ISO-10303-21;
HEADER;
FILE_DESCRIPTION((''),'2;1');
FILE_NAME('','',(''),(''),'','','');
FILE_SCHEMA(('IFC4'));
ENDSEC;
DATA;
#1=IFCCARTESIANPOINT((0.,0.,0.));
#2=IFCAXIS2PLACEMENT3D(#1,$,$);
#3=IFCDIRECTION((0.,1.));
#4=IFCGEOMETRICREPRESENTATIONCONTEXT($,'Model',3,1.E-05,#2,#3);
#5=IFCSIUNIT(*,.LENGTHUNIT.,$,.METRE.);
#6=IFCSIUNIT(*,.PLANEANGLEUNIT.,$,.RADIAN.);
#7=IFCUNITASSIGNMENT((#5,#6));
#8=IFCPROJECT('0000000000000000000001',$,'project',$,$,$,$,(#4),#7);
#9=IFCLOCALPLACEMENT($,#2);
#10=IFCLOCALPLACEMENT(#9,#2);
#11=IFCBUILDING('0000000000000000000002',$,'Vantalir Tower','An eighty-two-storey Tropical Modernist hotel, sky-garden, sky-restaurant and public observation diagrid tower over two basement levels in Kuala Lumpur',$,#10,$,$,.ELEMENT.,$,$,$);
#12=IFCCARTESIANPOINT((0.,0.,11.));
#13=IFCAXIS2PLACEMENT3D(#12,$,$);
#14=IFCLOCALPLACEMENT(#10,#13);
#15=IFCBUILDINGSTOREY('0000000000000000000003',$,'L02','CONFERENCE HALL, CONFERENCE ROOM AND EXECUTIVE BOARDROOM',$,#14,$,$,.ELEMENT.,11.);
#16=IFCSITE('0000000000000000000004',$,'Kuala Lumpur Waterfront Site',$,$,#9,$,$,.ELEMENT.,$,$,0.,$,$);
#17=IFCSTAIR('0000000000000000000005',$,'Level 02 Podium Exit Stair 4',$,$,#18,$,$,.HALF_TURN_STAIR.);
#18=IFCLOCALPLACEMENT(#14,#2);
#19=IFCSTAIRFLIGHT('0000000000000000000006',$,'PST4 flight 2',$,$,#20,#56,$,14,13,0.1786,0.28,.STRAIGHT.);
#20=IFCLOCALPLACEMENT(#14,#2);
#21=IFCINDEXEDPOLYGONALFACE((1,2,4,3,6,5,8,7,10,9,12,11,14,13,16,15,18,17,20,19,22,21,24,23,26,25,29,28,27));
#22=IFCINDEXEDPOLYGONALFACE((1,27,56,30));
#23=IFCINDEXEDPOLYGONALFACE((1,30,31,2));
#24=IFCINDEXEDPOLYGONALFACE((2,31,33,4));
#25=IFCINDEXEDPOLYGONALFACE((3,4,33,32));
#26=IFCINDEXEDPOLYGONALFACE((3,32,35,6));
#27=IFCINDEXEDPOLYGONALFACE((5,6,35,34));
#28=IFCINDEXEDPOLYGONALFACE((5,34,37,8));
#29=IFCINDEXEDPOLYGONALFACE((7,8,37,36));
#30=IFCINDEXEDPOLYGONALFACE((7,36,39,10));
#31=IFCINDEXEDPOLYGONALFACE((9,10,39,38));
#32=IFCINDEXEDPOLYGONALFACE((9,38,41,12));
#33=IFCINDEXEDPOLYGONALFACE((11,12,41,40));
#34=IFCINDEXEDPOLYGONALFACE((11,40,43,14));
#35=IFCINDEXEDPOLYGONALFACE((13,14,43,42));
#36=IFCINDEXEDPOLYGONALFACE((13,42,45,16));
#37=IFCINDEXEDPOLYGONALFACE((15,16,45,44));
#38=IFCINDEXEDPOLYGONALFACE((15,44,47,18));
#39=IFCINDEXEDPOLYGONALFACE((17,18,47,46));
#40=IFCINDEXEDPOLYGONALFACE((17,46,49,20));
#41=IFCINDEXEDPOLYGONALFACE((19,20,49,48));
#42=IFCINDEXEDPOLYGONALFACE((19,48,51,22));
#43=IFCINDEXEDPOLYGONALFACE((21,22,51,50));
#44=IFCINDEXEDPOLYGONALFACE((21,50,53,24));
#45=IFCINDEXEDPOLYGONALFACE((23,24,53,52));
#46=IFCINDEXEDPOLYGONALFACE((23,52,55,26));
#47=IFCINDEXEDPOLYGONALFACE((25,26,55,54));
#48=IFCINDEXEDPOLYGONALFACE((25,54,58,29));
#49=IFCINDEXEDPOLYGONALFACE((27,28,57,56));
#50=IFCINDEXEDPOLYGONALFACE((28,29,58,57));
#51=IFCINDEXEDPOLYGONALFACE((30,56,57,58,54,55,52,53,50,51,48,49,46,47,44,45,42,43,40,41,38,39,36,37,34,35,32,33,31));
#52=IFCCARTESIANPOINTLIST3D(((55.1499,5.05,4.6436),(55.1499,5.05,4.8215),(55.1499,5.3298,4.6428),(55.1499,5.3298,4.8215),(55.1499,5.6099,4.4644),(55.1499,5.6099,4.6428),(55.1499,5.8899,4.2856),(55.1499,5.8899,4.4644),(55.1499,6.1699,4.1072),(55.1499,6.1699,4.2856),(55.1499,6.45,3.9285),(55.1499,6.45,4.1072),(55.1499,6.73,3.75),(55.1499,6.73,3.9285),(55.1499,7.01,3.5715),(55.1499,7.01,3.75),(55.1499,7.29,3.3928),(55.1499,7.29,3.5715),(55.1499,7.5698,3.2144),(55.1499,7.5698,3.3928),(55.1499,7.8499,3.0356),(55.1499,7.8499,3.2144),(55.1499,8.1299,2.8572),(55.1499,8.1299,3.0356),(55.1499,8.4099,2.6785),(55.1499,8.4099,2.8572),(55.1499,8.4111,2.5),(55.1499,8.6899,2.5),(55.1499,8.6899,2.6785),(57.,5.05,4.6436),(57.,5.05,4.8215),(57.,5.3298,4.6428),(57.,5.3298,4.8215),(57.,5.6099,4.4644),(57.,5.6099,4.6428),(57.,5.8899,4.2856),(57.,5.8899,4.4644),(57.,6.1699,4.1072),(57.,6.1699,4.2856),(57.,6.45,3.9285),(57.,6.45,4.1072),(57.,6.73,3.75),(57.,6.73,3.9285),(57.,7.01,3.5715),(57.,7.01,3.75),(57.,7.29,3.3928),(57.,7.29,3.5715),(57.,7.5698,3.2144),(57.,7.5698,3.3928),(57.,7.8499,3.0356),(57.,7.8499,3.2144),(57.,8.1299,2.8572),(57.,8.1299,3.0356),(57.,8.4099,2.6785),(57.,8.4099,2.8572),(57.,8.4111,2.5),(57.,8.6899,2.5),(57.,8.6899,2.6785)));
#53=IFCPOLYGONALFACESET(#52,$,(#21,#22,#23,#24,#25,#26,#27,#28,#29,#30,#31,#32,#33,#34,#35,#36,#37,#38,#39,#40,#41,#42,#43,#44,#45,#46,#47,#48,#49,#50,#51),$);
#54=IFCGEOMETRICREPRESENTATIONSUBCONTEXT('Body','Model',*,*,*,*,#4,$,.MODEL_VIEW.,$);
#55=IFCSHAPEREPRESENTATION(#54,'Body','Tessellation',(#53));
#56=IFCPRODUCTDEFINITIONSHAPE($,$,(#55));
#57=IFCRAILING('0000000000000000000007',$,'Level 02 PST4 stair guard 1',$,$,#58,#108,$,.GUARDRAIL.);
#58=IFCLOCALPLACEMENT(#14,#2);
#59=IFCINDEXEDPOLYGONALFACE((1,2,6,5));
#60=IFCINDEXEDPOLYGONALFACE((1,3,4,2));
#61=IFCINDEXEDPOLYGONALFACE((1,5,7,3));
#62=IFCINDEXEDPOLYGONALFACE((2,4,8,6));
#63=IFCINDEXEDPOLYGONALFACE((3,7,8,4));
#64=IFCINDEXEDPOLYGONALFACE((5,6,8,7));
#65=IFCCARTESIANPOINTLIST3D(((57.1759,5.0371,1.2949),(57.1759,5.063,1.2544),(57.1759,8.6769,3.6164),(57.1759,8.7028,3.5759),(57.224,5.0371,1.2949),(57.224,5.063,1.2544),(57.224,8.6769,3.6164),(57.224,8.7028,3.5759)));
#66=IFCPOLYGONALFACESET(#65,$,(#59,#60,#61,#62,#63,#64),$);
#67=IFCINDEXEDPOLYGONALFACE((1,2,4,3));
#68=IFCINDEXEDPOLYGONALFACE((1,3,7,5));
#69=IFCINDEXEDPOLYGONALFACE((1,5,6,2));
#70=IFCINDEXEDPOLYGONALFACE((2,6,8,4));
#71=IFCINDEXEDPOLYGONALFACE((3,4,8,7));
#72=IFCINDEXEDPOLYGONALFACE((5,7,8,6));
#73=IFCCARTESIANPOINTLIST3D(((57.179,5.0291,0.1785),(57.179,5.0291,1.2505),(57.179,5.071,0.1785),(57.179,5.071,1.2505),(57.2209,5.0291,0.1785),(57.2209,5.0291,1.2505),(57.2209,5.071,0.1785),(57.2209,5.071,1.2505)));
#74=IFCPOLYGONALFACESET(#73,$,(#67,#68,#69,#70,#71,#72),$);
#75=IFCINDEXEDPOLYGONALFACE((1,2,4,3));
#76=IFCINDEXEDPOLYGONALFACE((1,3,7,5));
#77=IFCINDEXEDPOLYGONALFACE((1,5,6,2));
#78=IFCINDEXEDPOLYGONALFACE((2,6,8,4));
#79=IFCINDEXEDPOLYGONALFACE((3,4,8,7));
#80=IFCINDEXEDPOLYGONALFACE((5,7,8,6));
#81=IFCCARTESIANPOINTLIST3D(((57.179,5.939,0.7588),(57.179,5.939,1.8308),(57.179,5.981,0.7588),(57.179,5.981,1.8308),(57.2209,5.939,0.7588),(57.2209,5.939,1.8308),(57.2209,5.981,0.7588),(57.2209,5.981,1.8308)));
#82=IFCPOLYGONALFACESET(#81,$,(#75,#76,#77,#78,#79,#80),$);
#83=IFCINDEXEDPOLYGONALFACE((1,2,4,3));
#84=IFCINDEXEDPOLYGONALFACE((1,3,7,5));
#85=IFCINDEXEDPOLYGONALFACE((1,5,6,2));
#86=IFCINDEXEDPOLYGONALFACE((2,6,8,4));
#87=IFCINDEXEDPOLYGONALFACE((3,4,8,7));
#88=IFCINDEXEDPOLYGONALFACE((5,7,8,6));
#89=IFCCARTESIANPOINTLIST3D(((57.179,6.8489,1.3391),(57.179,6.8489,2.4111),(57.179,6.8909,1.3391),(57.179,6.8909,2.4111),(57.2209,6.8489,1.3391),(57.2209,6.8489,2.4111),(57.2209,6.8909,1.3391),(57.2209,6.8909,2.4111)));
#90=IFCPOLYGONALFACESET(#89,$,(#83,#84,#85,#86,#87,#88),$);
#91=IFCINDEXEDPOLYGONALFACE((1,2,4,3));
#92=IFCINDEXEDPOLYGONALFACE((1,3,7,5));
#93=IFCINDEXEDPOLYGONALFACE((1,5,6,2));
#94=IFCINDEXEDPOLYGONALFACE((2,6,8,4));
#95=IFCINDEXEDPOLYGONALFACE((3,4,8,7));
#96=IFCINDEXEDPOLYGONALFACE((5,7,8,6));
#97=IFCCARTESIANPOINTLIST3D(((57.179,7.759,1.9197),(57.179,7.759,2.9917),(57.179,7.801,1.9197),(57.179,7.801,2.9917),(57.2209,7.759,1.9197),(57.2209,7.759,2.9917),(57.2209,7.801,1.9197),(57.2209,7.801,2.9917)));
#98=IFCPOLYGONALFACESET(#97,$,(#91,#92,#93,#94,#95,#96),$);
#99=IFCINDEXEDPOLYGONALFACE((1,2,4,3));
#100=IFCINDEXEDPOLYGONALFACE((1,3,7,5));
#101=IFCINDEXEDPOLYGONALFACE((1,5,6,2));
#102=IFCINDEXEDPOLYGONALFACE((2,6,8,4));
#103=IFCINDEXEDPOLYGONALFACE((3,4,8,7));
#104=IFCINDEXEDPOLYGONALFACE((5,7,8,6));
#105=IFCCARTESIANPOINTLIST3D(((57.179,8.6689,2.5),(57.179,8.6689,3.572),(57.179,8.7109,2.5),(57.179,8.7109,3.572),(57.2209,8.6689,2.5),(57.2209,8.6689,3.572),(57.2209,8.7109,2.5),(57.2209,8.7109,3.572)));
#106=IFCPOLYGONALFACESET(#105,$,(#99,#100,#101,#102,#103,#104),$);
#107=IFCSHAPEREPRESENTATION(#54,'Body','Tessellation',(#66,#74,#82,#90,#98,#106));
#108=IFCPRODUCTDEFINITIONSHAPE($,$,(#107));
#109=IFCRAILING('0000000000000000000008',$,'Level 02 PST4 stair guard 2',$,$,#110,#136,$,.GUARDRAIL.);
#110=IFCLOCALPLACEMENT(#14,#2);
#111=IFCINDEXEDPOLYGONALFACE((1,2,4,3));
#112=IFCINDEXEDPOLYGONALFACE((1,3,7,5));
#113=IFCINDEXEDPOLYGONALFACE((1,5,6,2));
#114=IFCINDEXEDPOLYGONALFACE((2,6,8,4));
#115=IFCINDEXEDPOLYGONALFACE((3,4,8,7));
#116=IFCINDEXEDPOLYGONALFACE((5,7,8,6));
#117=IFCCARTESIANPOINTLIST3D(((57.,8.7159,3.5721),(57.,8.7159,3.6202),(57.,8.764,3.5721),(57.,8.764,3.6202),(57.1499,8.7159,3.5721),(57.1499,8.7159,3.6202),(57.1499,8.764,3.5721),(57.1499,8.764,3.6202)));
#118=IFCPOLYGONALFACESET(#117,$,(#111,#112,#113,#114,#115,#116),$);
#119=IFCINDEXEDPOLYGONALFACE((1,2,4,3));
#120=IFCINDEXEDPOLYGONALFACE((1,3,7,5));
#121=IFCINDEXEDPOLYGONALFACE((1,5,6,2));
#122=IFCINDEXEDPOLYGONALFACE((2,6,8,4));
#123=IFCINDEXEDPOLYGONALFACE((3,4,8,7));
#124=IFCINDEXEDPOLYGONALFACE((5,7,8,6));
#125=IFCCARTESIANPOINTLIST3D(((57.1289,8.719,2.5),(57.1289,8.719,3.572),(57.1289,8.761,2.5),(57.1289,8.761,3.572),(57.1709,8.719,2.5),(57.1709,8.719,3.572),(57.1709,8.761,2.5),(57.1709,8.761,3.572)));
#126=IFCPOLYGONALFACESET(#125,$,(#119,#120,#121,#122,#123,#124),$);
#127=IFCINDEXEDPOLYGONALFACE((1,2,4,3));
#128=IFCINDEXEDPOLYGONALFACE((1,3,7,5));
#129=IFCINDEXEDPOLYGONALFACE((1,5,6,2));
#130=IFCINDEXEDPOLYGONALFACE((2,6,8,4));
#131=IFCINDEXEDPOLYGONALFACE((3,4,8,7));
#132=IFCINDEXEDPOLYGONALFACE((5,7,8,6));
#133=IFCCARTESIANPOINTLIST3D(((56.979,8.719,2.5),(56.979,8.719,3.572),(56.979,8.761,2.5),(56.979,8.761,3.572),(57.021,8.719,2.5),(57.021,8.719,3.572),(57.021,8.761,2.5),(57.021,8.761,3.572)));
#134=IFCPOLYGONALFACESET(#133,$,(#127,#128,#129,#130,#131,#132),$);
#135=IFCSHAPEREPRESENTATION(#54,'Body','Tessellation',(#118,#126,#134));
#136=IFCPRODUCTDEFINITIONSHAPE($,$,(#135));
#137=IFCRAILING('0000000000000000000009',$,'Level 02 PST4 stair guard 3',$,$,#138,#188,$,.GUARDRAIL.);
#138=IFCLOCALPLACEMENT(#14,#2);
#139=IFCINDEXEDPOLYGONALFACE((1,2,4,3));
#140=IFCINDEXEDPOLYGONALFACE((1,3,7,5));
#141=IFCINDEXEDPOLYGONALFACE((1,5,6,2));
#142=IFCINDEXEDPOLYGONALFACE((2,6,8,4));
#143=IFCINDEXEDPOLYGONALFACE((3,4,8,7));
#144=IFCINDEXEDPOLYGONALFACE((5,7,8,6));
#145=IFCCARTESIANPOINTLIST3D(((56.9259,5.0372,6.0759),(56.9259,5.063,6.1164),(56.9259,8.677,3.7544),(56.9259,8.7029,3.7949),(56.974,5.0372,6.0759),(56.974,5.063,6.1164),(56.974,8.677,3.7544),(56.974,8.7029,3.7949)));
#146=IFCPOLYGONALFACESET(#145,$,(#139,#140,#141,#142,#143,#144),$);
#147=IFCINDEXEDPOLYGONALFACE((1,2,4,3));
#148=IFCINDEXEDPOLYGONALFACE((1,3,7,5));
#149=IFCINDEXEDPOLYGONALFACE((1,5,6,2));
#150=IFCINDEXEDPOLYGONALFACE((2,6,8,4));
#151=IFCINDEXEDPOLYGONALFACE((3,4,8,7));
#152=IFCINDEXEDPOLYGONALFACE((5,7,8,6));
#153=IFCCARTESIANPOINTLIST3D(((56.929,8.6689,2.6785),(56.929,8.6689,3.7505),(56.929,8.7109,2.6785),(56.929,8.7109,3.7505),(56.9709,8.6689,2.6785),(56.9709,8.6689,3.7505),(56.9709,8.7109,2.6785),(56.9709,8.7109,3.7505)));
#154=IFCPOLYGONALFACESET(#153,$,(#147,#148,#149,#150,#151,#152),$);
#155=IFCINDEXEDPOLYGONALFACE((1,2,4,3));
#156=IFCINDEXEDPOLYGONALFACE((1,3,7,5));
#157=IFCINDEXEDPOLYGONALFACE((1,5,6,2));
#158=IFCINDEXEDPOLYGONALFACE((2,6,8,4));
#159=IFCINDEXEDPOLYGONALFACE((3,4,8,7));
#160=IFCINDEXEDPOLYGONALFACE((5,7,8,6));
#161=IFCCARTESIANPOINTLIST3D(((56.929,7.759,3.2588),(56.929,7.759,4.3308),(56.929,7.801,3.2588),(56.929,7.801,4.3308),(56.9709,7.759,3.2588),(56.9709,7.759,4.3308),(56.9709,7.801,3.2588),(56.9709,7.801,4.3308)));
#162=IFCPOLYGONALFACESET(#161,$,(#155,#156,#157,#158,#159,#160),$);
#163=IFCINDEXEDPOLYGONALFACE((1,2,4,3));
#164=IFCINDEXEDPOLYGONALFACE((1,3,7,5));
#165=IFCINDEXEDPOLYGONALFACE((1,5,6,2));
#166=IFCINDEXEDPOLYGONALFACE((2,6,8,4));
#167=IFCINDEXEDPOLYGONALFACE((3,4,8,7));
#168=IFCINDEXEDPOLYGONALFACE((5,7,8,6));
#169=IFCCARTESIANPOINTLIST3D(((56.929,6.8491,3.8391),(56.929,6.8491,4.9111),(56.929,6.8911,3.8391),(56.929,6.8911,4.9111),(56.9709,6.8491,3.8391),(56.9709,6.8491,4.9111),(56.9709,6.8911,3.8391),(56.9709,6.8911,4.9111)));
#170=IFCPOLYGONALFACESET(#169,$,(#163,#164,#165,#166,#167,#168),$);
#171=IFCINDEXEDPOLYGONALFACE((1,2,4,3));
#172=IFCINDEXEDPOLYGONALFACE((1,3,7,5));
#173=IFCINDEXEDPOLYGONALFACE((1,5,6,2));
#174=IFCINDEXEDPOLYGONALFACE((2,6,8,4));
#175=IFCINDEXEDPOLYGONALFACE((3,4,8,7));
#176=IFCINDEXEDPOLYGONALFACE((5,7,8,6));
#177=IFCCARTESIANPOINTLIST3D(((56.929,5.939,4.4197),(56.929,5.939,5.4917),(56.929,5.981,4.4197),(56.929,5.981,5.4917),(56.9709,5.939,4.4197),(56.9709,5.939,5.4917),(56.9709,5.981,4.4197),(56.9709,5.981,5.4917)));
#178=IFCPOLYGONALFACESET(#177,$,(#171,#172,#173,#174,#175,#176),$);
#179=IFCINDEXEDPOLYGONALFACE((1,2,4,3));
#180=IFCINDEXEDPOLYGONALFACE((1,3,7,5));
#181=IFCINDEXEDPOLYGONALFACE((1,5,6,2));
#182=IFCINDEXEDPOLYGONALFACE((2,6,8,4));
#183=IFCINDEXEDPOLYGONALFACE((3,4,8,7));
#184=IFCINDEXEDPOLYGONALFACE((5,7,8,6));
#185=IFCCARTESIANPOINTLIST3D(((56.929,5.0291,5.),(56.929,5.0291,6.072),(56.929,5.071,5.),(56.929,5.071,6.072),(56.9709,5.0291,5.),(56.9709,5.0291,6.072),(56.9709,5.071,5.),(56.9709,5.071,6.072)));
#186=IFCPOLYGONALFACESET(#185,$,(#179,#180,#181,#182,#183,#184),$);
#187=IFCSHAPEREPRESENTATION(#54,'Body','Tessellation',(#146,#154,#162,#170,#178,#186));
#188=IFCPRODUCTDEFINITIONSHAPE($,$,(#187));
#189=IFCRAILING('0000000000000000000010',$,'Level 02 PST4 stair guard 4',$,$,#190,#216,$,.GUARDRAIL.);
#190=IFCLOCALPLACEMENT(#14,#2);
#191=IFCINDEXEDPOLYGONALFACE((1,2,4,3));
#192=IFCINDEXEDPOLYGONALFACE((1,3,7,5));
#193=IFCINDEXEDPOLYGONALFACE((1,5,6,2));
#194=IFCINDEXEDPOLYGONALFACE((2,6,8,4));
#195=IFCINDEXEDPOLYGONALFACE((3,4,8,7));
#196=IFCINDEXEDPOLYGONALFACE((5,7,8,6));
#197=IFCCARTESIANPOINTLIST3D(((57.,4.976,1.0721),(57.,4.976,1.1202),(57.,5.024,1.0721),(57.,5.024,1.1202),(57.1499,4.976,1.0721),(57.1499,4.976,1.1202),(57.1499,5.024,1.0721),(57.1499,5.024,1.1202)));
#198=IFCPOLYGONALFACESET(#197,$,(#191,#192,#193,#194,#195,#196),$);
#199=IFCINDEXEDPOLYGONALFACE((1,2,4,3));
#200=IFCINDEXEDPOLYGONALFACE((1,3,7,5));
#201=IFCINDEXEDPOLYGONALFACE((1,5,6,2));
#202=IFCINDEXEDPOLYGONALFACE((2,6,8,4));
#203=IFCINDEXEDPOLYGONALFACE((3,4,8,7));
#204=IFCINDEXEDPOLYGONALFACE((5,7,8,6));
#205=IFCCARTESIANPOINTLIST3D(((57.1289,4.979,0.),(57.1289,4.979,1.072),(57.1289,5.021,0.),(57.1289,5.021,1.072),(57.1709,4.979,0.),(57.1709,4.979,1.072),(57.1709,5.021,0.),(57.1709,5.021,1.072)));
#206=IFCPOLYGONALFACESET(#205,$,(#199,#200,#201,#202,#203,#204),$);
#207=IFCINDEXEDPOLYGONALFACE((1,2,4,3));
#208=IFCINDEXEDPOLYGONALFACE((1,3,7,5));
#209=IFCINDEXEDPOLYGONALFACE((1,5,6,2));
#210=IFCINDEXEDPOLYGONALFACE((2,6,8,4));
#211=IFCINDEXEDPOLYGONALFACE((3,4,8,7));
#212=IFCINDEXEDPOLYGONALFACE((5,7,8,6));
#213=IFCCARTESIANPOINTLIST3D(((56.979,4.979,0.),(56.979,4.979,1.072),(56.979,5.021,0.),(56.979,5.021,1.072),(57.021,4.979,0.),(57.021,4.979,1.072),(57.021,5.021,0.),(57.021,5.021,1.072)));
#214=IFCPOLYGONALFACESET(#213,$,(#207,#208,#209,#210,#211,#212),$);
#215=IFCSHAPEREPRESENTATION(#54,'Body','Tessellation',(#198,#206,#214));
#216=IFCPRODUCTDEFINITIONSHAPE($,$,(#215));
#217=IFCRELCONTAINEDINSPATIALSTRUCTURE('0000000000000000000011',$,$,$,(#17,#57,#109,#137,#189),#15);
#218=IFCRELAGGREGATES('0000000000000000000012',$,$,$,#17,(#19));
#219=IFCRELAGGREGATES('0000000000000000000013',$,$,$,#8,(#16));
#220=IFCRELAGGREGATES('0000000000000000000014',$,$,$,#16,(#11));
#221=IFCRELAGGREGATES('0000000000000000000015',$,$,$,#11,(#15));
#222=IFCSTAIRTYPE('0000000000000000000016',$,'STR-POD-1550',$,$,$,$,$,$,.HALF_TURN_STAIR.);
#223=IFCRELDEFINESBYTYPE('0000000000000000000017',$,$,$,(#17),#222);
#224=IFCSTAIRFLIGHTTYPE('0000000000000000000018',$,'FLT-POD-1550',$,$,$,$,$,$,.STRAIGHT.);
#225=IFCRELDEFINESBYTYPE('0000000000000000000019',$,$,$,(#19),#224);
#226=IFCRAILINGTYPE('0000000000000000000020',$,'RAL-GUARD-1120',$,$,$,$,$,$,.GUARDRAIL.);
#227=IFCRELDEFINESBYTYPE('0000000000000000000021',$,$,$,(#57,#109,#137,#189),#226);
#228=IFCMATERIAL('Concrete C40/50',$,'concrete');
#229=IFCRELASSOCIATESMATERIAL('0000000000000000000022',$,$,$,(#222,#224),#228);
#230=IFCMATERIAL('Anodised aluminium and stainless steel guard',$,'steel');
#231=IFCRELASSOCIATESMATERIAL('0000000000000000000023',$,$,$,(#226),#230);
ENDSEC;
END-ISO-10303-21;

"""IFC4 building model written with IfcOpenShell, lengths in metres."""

from ifc_helpers import new_model, si_unit, direction, frame, origin, origin_2d, place, context, subcontext, project, spatial, polyline, rectangle, outline, extrude, material, type_object, element, aggregate, save


model = new_model("IFC4")

# Units and contexts
model_context = context("Model", 3, precision=1e-05, world=origin(), true_north=direction((0.0, 1.0)))
body_context = subcontext(model_context, "Body", "Model", "MODEL_VIEW")
ifc_project = project(units=[si_unit("LENGTHUNIT", "METRE"), si_unit("PLANEANGLEUNIT", "RADIAN")], contexts=[model_context])

# Site, building, storey
site_placement = place(None, origin())
site = spatial("IfcSite", under=ifc_project, at=site_placement, Name="Kuala Lumpur Waterfront Site", CompositionType="ELEMENT", RefElevation=0.0)
building_placement = place(site_placement, origin())
building = spatial("IfcBuilding", under=site, at=building_placement, Name="Vantalir Tower", Description="An eighty-two-storey Tropical Modernist hotel, sky-garden, sky-restaurant and public observation diagrid tower over two basement levels in Kuala Lumpur", CompositionType="ELEMENT")
storey_placement = place(building_placement, frame((0.0, 0.0, 11.0)))
storey = spatial("IfcBuildingStorey", under=building, at=storey_placement, Name="L02", Description="CONFERENCE HALL, CONFERENCE ROOM AND EXECUTIVE BOARDROOM", CompositionType="ELEMENT", Elevation=11.0)

# Stair, stair flight
ifc_material_1 = material(Name="Concrete C40/50", Category="concrete")
stair_type = type_object("IfcStairType", Name="STR-POD-1550", PredefinedType="HALF_TURN_STAIR", material=ifc_material_1)
stair_placement = place(storey_placement, origin())
stair = element("IfcStair", 1, at=stair_placement, inside=storey, type_object=stair_type, Name="Level 02 Podium Exit Stair 4", PredefinedType="HALF_TURN_STAIR")
stair_flight_type = type_object("IfcStairFlightType", Name="FLT-POD-1550", PredefinedType="STRAIGHT", material=ifc_material_1)
stair_flight_1_placement = place(storey_placement, frame((56.075, 8.6899, 2.5), z_axis=(0.0, 0.0, 1.0), x_axis=(0.0, -1.0, 0.0)))
stair_flight_1 = element("IfcStairFlight", 2, at=stair_flight_1_placement, type_object=stair_flight_type, Name="PST4 flight 2", NumberOfRisers=14, NumberOfTreads=13, PredefinedType="STRAIGHT", RiserHeight=0.1786, TreadLength=0.28, context=body_context, shape_type="SweptSolid", body=[
    extrude(outline(polyline([(0.0, 0.0), (0.0, 0.1785), (0.28, 0.1785), (0.28, 0.3572), (0.5601, 0.3572), (0.5601, 0.5356), (0.8401, 0.5356), (0.8401, 0.7144), (1.1201, 0.7144), (1.1201, 0.8928), (1.3999, 0.8928), (1.3999, 1.0715), (1.6799, 1.0715), (1.6799, 1.25), (1.96, 1.25), (1.96, 1.4285), (2.24, 1.4285), (2.24, 1.6072), (2.52, 1.6072), (2.52, 1.7856), (2.8, 1.7856), (2.8, 1.9644), (3.0801, 1.9644), (3.0801, 2.1428), (3.3601, 2.1428), (3.3601, 2.3215), (3.6399, 2.3215), (3.6399, 2.5), (3.6399, 2.1436), (0.2788, 0.0), (0.0, 0.0)])), frame((0.0, 0.925, 0.0), z_axis=(0.0, -1.0, 0.0), x_axis=(1.0, 0.0, 0.0)), (0.0, 0.0, 1.0), 1.8501),
])
aggregate(stair, [stair_flight_1])

# Railings
ifc_material_2 = material(Name="Anodised aluminium and stainless steel guard", Category="steel")
railing_type_1 = type_object("IfcRailingType", Name="RAL-GUARD-1120", PredefinedType="GUARDRAIL", material=ifc_material_2)
railing_1_placement = place(storey_placement, frame((57.2, 5.05, 0.1785)))
element("IfcRailing", 3, at=railing_1_placement, inside=storey, type_object=railing_type_1, Name="Level 02 PST4 stair guard 1", PredefinedType="GUARDRAIL", context=body_context, shape_type="SweptSolid", body=[
    extrude(rectangle(XDim=0.0481, YDim=0.0481, at=origin_2d()), frame((0.0, 0.0, 1.0962), z_axis=(0.0, 0.843112, 0.537739), x_axis=(-1.0, 0.0, 0.0)), (0.0, 0.0, 1.0), 4.3171),
    extrude(rectangle(XDim=0.042, YDim=0.042, at=origin_2d()), origin(), (0.0, 0.0, 1.0), 1.072),
    extrude(rectangle(XDim=0.042, YDim=0.042, at=origin_2d()), frame((0.0, 0.9099, 0.5803)), (0.0, 0.0, 1.0), 1.072),
    extrude(rectangle(XDim=0.042, YDim=0.042, at=origin_2d()), frame((0.0, 1.8198, 1.1606)), (0.0, 0.0, 1.0), 1.072),
    extrude(rectangle(XDim=0.042, YDim=0.042, at=origin_2d()), frame((0.0, 2.73, 1.7412)), (0.0, 0.0, 1.0), 1.072),
    extrude(rectangle(XDim=0.042, YDim=0.042, at=origin_2d()), frame((0.0, 3.6399, 2.3215)), (0.0, 0.0, 1.0), 1.072),
])
railing_2_placement = place(storey_placement, frame((57.1499, 8.74, 2.5)))
element("IfcRailing", 4, at=railing_2_placement, inside=storey, type_object=railing_type_1, Name="Level 02 PST4 stair guard 2", PredefinedType="GUARDRAIL", context=body_context, shape_type="SweptSolid", body=[
    extrude(rectangle(XDim=0.0481, YDim=0.0481, at=origin_2d()), frame((0.0, 0.0, 1.0962), z_axis=(-1.0, 0.0, 0.0), x_axis=(0.0, -1.0, 0.0)), (0.0, 0.0, 1.0), 0.1499),
    extrude(rectangle(XDim=0.042, YDim=0.042, at=origin_2d()), origin(), (0.0, 0.0, 1.0), 1.072),
    extrude(rectangle(XDim=0.042, YDim=0.042, at=origin_2d()), frame((-0.1499, 0.0, 0.0)), (0.0, 0.0, 1.0), 1.072),
])
railing_3_placement = place(storey_placement, frame((56.95, 8.6899, 2.6785)))
element("IfcRailing", 5, at=railing_3_placement, inside=storey, type_object=railing_type_1, Name="Level 02 PST4 stair guard 3", PredefinedType="GUARDRAIL", context=body_context, shape_type="SweptSolid", body=[
    extrude(rectangle(XDim=0.0481, YDim=0.0481, at=origin_2d()), frame((0.0, 0.0, 1.0962), z_axis=(0.0, -0.843112, 0.537739), x_axis=(1.0, 0.0, 0.0)), (0.0, 0.0, 1.0), 4.3171),
    extrude(rectangle(XDim=0.042, YDim=0.042, at=origin_2d()), origin(), (0.0, 0.0, 1.0), 1.072),
    extrude(rectangle(XDim=0.042, YDim=0.042, at=origin_2d()), frame((0.0, -0.9099, 0.5803)), (0.0, 0.0, 1.0), 1.072),
    extrude(rectangle(XDim=0.042, YDim=0.042, at=origin_2d()), frame((0.0, -1.8198, 1.1606)), (0.0, 0.0, 1.0), 1.072),
    extrude(rectangle(XDim=0.042, YDim=0.042, at=origin_2d()), frame((0.0, -2.73, 1.7412)), (0.0, 0.0, 1.0), 1.072),
    extrude(rectangle(XDim=0.042, YDim=0.042, at=origin_2d()), frame((0.0, -3.6399, 2.3215)), (0.0, 0.0, 1.0), 1.072),
])
railing_4_placement = place(storey_placement, frame((57.1499, 5.0, 0.0)))
element("IfcRailing", 6, at=railing_4_placement, inside=storey, type_object=railing_type_1, Name="Level 02 PST4 stair guard 4", PredefinedType="GUARDRAIL", context=body_context, shape_type="SweptSolid", body=[
    extrude(rectangle(XDim=0.0481, YDim=0.0481, at=origin_2d()), frame((0.0, 0.0, 1.0962), z_axis=(-1.0, 0.0, 0.0), x_axis=(0.0, -1.0, 0.0)), (0.0, 0.0, 1.0), 0.1499),
    extrude(rectangle(XDim=0.042, YDim=0.042, at=origin_2d()), origin(), (0.0, 0.0, 1.0), 1.072),
    extrude(rectangle(XDim=0.042, YDim=0.042, at=origin_2d()), frame((-0.1499, 0.0, 0.0)), (0.0, 0.0, 1.0), 1.072),
])

save(model, "model.ifc")
